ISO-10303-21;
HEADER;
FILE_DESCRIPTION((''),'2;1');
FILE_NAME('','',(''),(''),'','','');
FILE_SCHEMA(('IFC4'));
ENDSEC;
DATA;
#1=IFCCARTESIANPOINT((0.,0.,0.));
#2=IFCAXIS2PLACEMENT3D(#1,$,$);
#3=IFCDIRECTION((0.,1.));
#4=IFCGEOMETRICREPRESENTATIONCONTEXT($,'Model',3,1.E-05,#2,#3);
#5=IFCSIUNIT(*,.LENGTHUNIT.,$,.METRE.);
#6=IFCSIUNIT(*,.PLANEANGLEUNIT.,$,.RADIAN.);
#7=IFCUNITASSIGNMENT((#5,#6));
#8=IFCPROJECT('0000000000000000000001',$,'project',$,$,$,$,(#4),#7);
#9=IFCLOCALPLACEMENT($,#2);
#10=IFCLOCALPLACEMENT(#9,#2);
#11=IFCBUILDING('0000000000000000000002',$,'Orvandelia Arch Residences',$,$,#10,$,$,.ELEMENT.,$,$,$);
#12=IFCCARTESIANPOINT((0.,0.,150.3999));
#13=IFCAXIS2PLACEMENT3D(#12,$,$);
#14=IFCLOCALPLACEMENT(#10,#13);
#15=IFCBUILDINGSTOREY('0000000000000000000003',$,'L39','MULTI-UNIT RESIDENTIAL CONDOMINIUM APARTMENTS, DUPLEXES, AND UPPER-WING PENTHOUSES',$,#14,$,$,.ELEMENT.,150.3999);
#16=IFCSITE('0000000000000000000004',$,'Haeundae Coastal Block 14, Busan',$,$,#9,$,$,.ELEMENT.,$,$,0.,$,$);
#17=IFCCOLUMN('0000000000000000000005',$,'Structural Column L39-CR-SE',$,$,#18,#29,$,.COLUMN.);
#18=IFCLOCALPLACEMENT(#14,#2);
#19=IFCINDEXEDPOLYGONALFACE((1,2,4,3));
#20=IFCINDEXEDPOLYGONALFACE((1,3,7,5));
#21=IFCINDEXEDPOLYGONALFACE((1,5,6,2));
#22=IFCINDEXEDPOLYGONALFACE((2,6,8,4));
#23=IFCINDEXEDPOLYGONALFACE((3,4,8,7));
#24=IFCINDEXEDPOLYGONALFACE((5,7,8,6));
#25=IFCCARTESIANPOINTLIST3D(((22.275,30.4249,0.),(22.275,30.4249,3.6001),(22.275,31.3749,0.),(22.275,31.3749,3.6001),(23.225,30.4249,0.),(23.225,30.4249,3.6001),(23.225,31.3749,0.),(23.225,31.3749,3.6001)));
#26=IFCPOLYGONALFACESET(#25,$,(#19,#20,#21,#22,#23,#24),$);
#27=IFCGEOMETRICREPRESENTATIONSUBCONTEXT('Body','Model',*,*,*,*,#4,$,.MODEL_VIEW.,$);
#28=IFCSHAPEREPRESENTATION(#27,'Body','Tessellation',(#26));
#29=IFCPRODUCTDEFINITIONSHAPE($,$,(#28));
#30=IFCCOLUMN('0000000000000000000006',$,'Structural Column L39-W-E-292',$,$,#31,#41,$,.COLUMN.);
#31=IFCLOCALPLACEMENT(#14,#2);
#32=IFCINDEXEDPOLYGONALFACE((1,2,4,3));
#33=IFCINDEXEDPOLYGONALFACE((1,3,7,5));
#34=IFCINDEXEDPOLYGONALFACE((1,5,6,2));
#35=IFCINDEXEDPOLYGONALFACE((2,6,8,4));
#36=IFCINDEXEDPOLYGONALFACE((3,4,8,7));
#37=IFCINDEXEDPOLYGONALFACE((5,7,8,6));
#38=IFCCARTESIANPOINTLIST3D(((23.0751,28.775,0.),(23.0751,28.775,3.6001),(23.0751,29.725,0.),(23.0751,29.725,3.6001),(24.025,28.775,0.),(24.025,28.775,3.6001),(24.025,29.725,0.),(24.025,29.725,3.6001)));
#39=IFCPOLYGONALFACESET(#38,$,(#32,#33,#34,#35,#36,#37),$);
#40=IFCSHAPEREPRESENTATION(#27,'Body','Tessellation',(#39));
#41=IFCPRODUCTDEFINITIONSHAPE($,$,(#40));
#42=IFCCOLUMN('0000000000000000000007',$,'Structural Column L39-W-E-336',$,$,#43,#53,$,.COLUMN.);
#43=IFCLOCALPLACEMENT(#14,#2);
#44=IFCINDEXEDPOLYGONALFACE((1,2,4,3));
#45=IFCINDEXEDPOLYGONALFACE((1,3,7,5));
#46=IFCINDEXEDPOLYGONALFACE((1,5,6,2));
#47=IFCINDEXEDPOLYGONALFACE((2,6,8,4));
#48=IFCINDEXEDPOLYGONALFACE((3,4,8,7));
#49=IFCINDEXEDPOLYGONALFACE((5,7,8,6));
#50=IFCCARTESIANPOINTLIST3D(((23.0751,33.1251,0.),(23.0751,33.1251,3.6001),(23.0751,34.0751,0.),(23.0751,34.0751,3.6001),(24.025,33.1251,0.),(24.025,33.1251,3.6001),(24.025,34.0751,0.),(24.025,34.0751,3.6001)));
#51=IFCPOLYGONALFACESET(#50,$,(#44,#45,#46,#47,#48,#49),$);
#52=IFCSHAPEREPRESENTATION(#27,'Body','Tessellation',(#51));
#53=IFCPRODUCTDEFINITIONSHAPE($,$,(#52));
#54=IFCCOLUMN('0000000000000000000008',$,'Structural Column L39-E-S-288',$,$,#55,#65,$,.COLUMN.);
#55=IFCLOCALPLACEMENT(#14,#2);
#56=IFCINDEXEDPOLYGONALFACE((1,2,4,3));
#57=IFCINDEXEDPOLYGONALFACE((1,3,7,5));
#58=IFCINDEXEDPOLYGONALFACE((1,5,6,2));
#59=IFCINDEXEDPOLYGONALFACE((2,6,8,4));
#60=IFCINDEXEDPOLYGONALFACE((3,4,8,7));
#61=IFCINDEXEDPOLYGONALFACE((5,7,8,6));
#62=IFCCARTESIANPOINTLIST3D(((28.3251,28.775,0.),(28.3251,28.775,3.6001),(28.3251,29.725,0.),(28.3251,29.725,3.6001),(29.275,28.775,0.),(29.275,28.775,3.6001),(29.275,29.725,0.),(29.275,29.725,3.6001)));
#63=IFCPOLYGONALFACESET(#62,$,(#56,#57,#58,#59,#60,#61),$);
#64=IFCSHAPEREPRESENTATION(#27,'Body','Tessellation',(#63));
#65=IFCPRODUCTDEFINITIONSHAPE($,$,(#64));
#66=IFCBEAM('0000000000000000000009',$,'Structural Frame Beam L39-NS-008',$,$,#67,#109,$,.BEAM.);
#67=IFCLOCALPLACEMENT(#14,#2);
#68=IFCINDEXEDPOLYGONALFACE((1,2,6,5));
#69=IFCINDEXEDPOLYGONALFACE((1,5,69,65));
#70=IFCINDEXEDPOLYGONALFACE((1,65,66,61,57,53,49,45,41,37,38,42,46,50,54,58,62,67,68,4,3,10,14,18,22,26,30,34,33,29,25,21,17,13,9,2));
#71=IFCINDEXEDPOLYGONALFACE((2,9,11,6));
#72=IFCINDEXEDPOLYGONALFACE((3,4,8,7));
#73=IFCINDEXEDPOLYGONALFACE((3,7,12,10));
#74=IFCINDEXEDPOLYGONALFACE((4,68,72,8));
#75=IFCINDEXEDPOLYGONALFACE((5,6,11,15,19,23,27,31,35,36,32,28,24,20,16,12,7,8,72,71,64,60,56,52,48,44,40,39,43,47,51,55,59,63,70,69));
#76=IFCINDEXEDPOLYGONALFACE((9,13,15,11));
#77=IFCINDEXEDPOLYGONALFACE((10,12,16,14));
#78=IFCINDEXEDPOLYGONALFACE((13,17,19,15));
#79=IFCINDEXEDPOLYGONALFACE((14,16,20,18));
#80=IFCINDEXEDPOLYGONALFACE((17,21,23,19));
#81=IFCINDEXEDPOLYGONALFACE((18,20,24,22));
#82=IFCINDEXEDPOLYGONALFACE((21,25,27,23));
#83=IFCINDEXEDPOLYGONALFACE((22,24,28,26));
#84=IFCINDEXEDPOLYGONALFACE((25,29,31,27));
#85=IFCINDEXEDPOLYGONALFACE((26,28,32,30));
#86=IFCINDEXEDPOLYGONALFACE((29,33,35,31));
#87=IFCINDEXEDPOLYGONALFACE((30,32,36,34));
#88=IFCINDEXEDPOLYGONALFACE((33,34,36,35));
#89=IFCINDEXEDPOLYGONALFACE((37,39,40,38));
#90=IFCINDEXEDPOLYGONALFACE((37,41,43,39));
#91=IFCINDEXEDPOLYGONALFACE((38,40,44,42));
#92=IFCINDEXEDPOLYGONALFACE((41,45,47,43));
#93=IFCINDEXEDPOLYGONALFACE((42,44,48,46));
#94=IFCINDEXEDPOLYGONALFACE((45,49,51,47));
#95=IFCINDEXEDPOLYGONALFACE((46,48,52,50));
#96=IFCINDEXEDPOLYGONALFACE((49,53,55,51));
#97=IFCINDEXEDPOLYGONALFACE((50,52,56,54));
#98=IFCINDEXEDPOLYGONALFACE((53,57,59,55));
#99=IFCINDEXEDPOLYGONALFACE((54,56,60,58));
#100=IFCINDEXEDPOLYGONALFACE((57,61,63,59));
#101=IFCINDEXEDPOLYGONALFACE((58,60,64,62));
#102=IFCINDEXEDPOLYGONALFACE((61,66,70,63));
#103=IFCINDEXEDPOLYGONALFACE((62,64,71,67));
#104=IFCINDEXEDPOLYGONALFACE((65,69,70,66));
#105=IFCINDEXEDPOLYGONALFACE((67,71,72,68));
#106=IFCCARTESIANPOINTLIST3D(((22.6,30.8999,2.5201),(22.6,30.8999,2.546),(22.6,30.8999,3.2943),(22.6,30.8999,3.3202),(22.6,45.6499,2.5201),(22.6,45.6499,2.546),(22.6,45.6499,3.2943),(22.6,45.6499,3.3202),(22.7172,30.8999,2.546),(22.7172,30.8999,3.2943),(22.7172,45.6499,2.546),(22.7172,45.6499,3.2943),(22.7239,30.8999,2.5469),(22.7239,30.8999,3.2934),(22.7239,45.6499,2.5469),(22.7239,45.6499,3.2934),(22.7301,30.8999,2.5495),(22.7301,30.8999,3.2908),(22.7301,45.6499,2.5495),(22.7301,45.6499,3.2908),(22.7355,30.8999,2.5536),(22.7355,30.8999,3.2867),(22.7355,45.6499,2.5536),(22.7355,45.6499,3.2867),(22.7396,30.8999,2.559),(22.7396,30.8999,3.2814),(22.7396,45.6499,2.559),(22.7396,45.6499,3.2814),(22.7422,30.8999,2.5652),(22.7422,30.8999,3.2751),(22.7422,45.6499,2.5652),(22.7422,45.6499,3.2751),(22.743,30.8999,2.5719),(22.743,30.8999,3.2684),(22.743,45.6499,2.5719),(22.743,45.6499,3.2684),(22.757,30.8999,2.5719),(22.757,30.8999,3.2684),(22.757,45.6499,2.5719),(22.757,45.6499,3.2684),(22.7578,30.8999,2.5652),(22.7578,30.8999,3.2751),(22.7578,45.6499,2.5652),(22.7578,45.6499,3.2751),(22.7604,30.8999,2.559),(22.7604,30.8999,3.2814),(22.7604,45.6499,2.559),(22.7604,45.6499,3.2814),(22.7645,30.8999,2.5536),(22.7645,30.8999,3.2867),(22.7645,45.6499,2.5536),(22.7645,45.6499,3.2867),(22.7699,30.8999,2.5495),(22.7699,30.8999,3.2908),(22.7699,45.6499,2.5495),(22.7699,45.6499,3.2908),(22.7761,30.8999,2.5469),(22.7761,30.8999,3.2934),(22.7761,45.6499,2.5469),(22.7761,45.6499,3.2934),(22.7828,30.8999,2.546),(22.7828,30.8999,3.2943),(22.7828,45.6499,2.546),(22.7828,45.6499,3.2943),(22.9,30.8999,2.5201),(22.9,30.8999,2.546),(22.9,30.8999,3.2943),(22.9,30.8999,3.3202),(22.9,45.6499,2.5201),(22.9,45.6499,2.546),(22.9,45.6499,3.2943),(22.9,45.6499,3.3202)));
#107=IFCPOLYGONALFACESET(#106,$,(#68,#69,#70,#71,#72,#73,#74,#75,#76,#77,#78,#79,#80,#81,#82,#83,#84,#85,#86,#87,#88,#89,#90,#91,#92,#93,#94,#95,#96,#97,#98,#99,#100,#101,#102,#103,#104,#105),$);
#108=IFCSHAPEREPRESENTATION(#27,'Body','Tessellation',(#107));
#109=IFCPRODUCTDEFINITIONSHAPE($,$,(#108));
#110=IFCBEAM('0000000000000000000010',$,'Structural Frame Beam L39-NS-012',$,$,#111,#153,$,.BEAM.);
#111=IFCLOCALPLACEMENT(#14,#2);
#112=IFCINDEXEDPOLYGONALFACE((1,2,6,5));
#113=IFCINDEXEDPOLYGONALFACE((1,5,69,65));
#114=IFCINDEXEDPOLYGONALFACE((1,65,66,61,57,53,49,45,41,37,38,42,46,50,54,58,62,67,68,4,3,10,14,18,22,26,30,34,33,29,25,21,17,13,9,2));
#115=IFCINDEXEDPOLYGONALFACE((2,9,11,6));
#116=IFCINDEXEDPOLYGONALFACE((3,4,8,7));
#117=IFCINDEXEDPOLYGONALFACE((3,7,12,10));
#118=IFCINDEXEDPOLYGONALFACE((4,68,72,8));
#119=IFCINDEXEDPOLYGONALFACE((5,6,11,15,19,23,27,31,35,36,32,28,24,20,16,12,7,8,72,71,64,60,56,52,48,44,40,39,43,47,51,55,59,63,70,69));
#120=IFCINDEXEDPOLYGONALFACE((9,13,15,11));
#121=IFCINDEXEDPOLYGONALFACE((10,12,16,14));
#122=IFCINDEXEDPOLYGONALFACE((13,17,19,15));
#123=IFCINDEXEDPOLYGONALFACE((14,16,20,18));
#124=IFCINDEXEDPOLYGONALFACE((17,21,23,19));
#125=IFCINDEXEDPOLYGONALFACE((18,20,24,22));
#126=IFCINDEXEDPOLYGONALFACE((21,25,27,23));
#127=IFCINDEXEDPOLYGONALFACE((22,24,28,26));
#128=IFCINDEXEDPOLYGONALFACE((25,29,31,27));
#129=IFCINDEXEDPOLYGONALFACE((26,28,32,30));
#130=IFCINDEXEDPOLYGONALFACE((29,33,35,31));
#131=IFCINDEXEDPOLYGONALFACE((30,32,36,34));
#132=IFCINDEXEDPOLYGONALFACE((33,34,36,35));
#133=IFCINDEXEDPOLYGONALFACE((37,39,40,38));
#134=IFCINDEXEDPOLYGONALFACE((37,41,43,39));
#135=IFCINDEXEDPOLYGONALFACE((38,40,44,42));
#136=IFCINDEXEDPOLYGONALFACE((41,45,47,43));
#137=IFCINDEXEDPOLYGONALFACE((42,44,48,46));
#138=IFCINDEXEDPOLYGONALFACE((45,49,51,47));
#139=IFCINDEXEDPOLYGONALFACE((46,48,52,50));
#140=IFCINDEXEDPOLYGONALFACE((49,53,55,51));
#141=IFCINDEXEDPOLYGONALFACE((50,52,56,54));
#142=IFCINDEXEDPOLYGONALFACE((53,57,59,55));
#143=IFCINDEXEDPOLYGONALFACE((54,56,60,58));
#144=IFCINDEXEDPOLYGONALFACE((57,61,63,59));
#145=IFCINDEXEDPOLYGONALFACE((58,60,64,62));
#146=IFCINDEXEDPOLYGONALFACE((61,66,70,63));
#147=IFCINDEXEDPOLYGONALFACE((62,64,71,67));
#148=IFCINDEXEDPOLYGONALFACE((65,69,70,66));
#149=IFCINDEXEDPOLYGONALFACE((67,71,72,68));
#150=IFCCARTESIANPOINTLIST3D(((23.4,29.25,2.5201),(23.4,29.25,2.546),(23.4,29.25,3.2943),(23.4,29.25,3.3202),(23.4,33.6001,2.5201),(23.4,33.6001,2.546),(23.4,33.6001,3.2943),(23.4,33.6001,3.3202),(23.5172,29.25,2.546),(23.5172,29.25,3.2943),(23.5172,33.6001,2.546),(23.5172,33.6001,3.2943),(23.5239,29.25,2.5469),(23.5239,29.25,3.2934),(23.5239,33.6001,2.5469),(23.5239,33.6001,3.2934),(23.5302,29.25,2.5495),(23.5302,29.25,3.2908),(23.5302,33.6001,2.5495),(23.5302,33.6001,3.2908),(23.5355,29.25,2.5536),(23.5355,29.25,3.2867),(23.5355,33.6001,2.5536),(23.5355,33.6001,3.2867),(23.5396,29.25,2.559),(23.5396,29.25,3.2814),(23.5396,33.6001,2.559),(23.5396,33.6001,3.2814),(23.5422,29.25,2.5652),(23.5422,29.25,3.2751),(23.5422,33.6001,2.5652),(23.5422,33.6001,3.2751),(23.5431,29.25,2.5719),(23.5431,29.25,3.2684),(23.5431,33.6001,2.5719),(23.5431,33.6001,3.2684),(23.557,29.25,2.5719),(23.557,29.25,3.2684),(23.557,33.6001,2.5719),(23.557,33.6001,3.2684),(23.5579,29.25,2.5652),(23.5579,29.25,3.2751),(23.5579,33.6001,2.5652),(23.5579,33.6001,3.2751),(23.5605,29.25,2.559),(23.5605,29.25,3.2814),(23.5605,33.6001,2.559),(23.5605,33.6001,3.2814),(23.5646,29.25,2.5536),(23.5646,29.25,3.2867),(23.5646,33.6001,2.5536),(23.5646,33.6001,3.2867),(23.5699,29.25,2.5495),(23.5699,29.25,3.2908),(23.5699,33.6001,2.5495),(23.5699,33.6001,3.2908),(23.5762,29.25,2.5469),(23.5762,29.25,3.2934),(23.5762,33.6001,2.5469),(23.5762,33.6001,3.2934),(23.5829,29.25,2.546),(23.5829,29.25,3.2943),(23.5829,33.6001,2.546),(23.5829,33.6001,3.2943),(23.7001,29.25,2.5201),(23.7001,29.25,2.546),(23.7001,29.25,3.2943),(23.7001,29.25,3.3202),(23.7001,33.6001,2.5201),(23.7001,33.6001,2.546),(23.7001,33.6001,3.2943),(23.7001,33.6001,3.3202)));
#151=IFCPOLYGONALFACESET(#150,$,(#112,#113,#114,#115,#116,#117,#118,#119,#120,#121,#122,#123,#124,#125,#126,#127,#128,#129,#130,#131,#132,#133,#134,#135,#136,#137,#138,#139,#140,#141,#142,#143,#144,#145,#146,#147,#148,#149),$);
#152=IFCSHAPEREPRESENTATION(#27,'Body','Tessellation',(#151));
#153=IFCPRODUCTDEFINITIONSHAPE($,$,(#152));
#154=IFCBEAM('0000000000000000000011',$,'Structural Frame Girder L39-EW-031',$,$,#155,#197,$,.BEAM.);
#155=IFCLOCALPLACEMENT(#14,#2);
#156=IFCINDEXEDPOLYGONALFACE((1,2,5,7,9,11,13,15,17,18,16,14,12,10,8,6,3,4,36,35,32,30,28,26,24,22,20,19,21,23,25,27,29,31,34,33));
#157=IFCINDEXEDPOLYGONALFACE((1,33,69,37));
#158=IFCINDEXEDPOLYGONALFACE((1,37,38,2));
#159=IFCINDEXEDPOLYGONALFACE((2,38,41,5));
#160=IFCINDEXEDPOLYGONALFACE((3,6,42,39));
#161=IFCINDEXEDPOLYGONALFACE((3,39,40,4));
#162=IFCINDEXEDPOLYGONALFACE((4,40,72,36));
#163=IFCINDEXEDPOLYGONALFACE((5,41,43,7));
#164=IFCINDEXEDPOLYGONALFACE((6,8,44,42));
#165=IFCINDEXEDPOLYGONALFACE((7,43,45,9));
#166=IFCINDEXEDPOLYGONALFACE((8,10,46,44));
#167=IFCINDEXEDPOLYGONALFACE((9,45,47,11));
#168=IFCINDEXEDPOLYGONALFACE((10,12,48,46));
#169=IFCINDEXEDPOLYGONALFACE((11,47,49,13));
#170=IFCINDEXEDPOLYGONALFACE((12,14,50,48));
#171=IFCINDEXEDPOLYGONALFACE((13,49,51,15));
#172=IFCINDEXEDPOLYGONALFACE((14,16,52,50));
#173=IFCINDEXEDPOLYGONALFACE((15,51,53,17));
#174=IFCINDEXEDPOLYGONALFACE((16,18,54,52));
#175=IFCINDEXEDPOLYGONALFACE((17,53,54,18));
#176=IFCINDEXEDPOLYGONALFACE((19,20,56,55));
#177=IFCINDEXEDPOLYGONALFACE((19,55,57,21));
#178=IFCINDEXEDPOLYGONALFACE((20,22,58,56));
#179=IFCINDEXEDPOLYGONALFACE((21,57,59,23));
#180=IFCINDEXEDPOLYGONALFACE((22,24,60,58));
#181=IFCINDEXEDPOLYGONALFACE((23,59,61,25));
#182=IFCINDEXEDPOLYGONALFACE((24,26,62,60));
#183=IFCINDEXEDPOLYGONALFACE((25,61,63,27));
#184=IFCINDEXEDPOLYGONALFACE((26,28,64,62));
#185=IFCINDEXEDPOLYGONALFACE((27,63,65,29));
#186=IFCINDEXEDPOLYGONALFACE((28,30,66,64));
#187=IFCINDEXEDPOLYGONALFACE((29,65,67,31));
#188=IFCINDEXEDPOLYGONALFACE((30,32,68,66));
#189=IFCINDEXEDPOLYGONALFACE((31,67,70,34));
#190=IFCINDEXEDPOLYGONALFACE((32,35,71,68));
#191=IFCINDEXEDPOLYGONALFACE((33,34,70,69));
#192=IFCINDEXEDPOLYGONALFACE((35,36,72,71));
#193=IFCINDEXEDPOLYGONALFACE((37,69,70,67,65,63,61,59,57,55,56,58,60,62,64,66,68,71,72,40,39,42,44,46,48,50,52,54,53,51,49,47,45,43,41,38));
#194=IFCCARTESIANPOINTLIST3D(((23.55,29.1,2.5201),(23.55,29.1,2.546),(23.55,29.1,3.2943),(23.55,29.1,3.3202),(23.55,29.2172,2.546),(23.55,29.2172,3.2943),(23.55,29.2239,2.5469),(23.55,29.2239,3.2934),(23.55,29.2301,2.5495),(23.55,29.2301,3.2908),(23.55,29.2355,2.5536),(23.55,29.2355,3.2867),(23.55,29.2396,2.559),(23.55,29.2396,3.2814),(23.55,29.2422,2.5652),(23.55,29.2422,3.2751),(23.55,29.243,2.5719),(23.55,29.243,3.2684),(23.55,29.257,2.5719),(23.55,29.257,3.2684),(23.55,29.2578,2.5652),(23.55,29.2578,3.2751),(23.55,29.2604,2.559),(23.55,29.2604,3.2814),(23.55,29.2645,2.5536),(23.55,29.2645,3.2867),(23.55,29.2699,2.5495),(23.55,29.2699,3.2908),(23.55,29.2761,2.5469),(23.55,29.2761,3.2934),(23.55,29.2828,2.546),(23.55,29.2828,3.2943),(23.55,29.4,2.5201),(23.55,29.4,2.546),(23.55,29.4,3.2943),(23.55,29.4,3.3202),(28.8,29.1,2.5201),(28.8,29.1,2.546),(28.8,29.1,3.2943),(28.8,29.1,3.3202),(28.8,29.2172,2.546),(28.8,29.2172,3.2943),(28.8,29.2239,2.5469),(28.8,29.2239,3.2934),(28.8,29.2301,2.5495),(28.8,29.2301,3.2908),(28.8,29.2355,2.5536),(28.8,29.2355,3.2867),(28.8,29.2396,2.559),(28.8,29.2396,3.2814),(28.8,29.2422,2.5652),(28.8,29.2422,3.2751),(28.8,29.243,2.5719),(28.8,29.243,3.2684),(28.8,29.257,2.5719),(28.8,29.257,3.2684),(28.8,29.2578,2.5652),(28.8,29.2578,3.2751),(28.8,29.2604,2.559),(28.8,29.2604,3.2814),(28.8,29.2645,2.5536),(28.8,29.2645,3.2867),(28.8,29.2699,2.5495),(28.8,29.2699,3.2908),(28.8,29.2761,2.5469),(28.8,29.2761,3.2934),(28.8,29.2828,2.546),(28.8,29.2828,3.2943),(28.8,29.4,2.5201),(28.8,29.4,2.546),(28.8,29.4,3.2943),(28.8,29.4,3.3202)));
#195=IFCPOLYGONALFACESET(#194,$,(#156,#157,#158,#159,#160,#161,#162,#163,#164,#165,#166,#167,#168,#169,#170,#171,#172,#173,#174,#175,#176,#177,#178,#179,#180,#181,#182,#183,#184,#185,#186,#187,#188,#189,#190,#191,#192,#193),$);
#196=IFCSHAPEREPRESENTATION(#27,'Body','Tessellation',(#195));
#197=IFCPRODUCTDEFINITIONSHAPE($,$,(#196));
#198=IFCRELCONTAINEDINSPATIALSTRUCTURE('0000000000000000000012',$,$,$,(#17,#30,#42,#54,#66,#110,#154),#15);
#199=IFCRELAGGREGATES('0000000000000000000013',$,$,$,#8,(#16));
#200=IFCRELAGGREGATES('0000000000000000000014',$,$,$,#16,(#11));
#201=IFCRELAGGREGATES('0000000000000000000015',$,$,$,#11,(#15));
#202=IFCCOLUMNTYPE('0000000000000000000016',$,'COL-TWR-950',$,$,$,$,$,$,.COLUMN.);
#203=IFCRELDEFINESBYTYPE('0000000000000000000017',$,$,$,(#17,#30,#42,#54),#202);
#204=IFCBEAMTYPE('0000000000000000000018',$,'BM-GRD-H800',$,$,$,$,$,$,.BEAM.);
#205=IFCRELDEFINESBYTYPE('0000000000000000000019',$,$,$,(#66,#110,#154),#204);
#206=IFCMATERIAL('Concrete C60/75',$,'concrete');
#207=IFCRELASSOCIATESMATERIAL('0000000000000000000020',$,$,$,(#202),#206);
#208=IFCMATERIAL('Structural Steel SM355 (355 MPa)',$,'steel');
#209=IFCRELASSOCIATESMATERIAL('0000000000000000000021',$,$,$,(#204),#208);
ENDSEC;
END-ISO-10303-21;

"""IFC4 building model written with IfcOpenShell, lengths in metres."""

from ifc_helpers import new_model, si_unit, direction, frame, origin, origin_2d, place, context, subcontext, project, spatial, rectangle, i_section, extrude, material, material_profile, profile_set, type_object, element, save


model = new_model("IFC4")

# Units and contexts
model_context = context("Model", 3, precision=1e-05, world=origin(), true_north=direction((0.0, 1.0)))
body_context = subcontext(model_context, "Body", "Model", "MODEL_VIEW")
ifc_project = project(units=[si_unit("LENGTHUNIT", "METRE"), si_unit("PLANEANGLEUNIT", "RADIAN")], contexts=[model_context])

# Site, building, storey
site_placement = place(None, origin())
site = spatial("IfcSite", under=ifc_project, at=site_placement, Name="Haeundae Coastal Block 14, Busan", CompositionType="ELEMENT", RefElevation=0.0)
building_placement = place(site_placement, origin())
building = spatial("IfcBuilding", under=site, at=building_placement, Name="Orvandelia Arch Residences", CompositionType="ELEMENT")
storey_placement = place(building_placement, frame((0.0, 0.0, 150.3999)))
storey = spatial("IfcBuildingStorey", under=building, at=storey_placement, Name="L39", Description="MULTI-UNIT RESIDENTIAL CONDOMINIUM APARTMENTS, DUPLEXES, AND UPPER-WING PENTHOUSES", CompositionType="ELEMENT", Elevation=150.3999)

# Columns
ifc_material_1 = material(Name="Concrete C60/75", Category="concrete")
ifc_material_profile_1 = material_profile(ifc_material_1, rectangle(XDim=0.95, YDim=0.95, at=origin_2d()), Name="Concrete C60/75", Category="concrete")
ifc_profile_set_1 = profile_set([ifc_material_profile_1], Name="Concrete C60/75")
column_type = type_object("IfcColumnType", Name="COL-TWR-950", PredefinedType="COLUMN", material=ifc_profile_set_1)
for number, where, z_axis, x_axis, name in (
    (1, (22.75, 30.8999, 0.0), (0.0, 0.0, 1.0), (1.0, 0.0, 0.0), "Structural Column L39-CR-SE"),
    (2, (23.55, 29.25, 0.0), (0.0, 0.0, 1.0), (1.0, 0.0, 0.0), "Structural Column L39-W-E-292"),
    (3, (23.55, 33.6001, 0.0), (0.0, 0.0, 1.0), (1.0, 0.0, 0.0), "Structural Column L39-W-E-336"),
    (4, (28.8, 29.25, 0.0), (0.0, 0.0, 1.0), (1.0, 0.0, 0.0), "Structural Column L39-E-S-288"),
):
    element("IfcColumn", number, at=place(storey_placement, frame(where, z_axis=z_axis, x_axis=x_axis)), inside=storey, type_object=column_type, Name=name, PredefinedType="COLUMN", context=body_context, shape_type="SweptSolid", body=[
        extrude(rectangle(XDim=0.95, YDim=0.95, at=origin_2d()), origin(), (0.0, 0.0, 1.0), 3.6001),
    ])

# Beams
ifc_material_2 = material(Name="Structural Steel SM355 (355 MPa)", Category="steel")
ifc_material_profile_2 = material_profile(ifc_material_2, i_section(OverallWidth=0.3, OverallDepth=0.8, WebThickness=0.0139, FlangeThickness=0.0259, FilletRadius=0.0259, at=origin_2d()), Name="Structural Steel SM355 (355 MPa)", Category="steel")
ifc_profile_set_2 = profile_set([ifc_material_profile_2], Name="Structural Steel SM355 (355 MPa)")
beam_type = type_object("IfcBeamType", Name="BM-GRD-H800", PredefinedType="BEAM", material=ifc_profile_set_2)
beam_1_placement = place(storey_placement, frame((22.75, 30.8999, 2.9202), z_axis=(0.0, 1.0, 0.0), x_axis=(-1.0, 0.0, 0.0)))
element("IfcBeam", 5, at=beam_1_placement, inside=storey, type_object=beam_type, Name="Structural Frame Beam L39-NS-008", PredefinedType="BEAM", context=body_context, shape_type="SweptSolid", body=[
    extrude(i_section(OverallWidth=0.3, OverallDepth=0.8, WebThickness=0.0139, FlangeThickness=0.0259, FilletRadius=0.0259, at=origin_2d()), origin(), (0.0, 0.0, 1.0), 14.75),
])
beam_2_placement = place(storey_placement, frame((23.55, 29.25, 2.9202), z_axis=(0.0, 1.0, 0.0), x_axis=(-1.0, 0.0, 0.0)))
element("IfcBeam", 6, at=beam_2_placement, inside=storey, type_object=beam_type, Name="Structural Frame Beam L39-NS-012", PredefinedType="BEAM", context=body_context, shape_type="SweptSolid", body=[
    extrude(i_section(OverallWidth=0.3, OverallDepth=0.8, WebThickness=0.0139, FlangeThickness=0.0259, FilletRadius=0.0259, at=origin_2d()), origin(), (0.0, 0.0, 1.0), 4.3501),
])
beam_3_placement = place(storey_placement, frame((23.55, 29.25, 2.9202), z_axis=(1.0, 0.0, 0.0), x_axis=(0.0, 1.0, 0.0)))
element("IfcBeam", 7, at=beam_3_placement, inside=storey, type_object=beam_type, Name="Structural Frame Girder L39-EW-031", PredefinedType="BEAM", context=body_context, shape_type="SweptSolid", body=[
    extrude(i_section(OverallWidth=0.3, OverallDepth=0.8, WebThickness=0.0139, FlangeThickness=0.0259, FilletRadius=0.0259, at=origin_2d()), origin(), (0.0, 0.0, 1.0), 5.25),
])

save(model, "model.ifc")
